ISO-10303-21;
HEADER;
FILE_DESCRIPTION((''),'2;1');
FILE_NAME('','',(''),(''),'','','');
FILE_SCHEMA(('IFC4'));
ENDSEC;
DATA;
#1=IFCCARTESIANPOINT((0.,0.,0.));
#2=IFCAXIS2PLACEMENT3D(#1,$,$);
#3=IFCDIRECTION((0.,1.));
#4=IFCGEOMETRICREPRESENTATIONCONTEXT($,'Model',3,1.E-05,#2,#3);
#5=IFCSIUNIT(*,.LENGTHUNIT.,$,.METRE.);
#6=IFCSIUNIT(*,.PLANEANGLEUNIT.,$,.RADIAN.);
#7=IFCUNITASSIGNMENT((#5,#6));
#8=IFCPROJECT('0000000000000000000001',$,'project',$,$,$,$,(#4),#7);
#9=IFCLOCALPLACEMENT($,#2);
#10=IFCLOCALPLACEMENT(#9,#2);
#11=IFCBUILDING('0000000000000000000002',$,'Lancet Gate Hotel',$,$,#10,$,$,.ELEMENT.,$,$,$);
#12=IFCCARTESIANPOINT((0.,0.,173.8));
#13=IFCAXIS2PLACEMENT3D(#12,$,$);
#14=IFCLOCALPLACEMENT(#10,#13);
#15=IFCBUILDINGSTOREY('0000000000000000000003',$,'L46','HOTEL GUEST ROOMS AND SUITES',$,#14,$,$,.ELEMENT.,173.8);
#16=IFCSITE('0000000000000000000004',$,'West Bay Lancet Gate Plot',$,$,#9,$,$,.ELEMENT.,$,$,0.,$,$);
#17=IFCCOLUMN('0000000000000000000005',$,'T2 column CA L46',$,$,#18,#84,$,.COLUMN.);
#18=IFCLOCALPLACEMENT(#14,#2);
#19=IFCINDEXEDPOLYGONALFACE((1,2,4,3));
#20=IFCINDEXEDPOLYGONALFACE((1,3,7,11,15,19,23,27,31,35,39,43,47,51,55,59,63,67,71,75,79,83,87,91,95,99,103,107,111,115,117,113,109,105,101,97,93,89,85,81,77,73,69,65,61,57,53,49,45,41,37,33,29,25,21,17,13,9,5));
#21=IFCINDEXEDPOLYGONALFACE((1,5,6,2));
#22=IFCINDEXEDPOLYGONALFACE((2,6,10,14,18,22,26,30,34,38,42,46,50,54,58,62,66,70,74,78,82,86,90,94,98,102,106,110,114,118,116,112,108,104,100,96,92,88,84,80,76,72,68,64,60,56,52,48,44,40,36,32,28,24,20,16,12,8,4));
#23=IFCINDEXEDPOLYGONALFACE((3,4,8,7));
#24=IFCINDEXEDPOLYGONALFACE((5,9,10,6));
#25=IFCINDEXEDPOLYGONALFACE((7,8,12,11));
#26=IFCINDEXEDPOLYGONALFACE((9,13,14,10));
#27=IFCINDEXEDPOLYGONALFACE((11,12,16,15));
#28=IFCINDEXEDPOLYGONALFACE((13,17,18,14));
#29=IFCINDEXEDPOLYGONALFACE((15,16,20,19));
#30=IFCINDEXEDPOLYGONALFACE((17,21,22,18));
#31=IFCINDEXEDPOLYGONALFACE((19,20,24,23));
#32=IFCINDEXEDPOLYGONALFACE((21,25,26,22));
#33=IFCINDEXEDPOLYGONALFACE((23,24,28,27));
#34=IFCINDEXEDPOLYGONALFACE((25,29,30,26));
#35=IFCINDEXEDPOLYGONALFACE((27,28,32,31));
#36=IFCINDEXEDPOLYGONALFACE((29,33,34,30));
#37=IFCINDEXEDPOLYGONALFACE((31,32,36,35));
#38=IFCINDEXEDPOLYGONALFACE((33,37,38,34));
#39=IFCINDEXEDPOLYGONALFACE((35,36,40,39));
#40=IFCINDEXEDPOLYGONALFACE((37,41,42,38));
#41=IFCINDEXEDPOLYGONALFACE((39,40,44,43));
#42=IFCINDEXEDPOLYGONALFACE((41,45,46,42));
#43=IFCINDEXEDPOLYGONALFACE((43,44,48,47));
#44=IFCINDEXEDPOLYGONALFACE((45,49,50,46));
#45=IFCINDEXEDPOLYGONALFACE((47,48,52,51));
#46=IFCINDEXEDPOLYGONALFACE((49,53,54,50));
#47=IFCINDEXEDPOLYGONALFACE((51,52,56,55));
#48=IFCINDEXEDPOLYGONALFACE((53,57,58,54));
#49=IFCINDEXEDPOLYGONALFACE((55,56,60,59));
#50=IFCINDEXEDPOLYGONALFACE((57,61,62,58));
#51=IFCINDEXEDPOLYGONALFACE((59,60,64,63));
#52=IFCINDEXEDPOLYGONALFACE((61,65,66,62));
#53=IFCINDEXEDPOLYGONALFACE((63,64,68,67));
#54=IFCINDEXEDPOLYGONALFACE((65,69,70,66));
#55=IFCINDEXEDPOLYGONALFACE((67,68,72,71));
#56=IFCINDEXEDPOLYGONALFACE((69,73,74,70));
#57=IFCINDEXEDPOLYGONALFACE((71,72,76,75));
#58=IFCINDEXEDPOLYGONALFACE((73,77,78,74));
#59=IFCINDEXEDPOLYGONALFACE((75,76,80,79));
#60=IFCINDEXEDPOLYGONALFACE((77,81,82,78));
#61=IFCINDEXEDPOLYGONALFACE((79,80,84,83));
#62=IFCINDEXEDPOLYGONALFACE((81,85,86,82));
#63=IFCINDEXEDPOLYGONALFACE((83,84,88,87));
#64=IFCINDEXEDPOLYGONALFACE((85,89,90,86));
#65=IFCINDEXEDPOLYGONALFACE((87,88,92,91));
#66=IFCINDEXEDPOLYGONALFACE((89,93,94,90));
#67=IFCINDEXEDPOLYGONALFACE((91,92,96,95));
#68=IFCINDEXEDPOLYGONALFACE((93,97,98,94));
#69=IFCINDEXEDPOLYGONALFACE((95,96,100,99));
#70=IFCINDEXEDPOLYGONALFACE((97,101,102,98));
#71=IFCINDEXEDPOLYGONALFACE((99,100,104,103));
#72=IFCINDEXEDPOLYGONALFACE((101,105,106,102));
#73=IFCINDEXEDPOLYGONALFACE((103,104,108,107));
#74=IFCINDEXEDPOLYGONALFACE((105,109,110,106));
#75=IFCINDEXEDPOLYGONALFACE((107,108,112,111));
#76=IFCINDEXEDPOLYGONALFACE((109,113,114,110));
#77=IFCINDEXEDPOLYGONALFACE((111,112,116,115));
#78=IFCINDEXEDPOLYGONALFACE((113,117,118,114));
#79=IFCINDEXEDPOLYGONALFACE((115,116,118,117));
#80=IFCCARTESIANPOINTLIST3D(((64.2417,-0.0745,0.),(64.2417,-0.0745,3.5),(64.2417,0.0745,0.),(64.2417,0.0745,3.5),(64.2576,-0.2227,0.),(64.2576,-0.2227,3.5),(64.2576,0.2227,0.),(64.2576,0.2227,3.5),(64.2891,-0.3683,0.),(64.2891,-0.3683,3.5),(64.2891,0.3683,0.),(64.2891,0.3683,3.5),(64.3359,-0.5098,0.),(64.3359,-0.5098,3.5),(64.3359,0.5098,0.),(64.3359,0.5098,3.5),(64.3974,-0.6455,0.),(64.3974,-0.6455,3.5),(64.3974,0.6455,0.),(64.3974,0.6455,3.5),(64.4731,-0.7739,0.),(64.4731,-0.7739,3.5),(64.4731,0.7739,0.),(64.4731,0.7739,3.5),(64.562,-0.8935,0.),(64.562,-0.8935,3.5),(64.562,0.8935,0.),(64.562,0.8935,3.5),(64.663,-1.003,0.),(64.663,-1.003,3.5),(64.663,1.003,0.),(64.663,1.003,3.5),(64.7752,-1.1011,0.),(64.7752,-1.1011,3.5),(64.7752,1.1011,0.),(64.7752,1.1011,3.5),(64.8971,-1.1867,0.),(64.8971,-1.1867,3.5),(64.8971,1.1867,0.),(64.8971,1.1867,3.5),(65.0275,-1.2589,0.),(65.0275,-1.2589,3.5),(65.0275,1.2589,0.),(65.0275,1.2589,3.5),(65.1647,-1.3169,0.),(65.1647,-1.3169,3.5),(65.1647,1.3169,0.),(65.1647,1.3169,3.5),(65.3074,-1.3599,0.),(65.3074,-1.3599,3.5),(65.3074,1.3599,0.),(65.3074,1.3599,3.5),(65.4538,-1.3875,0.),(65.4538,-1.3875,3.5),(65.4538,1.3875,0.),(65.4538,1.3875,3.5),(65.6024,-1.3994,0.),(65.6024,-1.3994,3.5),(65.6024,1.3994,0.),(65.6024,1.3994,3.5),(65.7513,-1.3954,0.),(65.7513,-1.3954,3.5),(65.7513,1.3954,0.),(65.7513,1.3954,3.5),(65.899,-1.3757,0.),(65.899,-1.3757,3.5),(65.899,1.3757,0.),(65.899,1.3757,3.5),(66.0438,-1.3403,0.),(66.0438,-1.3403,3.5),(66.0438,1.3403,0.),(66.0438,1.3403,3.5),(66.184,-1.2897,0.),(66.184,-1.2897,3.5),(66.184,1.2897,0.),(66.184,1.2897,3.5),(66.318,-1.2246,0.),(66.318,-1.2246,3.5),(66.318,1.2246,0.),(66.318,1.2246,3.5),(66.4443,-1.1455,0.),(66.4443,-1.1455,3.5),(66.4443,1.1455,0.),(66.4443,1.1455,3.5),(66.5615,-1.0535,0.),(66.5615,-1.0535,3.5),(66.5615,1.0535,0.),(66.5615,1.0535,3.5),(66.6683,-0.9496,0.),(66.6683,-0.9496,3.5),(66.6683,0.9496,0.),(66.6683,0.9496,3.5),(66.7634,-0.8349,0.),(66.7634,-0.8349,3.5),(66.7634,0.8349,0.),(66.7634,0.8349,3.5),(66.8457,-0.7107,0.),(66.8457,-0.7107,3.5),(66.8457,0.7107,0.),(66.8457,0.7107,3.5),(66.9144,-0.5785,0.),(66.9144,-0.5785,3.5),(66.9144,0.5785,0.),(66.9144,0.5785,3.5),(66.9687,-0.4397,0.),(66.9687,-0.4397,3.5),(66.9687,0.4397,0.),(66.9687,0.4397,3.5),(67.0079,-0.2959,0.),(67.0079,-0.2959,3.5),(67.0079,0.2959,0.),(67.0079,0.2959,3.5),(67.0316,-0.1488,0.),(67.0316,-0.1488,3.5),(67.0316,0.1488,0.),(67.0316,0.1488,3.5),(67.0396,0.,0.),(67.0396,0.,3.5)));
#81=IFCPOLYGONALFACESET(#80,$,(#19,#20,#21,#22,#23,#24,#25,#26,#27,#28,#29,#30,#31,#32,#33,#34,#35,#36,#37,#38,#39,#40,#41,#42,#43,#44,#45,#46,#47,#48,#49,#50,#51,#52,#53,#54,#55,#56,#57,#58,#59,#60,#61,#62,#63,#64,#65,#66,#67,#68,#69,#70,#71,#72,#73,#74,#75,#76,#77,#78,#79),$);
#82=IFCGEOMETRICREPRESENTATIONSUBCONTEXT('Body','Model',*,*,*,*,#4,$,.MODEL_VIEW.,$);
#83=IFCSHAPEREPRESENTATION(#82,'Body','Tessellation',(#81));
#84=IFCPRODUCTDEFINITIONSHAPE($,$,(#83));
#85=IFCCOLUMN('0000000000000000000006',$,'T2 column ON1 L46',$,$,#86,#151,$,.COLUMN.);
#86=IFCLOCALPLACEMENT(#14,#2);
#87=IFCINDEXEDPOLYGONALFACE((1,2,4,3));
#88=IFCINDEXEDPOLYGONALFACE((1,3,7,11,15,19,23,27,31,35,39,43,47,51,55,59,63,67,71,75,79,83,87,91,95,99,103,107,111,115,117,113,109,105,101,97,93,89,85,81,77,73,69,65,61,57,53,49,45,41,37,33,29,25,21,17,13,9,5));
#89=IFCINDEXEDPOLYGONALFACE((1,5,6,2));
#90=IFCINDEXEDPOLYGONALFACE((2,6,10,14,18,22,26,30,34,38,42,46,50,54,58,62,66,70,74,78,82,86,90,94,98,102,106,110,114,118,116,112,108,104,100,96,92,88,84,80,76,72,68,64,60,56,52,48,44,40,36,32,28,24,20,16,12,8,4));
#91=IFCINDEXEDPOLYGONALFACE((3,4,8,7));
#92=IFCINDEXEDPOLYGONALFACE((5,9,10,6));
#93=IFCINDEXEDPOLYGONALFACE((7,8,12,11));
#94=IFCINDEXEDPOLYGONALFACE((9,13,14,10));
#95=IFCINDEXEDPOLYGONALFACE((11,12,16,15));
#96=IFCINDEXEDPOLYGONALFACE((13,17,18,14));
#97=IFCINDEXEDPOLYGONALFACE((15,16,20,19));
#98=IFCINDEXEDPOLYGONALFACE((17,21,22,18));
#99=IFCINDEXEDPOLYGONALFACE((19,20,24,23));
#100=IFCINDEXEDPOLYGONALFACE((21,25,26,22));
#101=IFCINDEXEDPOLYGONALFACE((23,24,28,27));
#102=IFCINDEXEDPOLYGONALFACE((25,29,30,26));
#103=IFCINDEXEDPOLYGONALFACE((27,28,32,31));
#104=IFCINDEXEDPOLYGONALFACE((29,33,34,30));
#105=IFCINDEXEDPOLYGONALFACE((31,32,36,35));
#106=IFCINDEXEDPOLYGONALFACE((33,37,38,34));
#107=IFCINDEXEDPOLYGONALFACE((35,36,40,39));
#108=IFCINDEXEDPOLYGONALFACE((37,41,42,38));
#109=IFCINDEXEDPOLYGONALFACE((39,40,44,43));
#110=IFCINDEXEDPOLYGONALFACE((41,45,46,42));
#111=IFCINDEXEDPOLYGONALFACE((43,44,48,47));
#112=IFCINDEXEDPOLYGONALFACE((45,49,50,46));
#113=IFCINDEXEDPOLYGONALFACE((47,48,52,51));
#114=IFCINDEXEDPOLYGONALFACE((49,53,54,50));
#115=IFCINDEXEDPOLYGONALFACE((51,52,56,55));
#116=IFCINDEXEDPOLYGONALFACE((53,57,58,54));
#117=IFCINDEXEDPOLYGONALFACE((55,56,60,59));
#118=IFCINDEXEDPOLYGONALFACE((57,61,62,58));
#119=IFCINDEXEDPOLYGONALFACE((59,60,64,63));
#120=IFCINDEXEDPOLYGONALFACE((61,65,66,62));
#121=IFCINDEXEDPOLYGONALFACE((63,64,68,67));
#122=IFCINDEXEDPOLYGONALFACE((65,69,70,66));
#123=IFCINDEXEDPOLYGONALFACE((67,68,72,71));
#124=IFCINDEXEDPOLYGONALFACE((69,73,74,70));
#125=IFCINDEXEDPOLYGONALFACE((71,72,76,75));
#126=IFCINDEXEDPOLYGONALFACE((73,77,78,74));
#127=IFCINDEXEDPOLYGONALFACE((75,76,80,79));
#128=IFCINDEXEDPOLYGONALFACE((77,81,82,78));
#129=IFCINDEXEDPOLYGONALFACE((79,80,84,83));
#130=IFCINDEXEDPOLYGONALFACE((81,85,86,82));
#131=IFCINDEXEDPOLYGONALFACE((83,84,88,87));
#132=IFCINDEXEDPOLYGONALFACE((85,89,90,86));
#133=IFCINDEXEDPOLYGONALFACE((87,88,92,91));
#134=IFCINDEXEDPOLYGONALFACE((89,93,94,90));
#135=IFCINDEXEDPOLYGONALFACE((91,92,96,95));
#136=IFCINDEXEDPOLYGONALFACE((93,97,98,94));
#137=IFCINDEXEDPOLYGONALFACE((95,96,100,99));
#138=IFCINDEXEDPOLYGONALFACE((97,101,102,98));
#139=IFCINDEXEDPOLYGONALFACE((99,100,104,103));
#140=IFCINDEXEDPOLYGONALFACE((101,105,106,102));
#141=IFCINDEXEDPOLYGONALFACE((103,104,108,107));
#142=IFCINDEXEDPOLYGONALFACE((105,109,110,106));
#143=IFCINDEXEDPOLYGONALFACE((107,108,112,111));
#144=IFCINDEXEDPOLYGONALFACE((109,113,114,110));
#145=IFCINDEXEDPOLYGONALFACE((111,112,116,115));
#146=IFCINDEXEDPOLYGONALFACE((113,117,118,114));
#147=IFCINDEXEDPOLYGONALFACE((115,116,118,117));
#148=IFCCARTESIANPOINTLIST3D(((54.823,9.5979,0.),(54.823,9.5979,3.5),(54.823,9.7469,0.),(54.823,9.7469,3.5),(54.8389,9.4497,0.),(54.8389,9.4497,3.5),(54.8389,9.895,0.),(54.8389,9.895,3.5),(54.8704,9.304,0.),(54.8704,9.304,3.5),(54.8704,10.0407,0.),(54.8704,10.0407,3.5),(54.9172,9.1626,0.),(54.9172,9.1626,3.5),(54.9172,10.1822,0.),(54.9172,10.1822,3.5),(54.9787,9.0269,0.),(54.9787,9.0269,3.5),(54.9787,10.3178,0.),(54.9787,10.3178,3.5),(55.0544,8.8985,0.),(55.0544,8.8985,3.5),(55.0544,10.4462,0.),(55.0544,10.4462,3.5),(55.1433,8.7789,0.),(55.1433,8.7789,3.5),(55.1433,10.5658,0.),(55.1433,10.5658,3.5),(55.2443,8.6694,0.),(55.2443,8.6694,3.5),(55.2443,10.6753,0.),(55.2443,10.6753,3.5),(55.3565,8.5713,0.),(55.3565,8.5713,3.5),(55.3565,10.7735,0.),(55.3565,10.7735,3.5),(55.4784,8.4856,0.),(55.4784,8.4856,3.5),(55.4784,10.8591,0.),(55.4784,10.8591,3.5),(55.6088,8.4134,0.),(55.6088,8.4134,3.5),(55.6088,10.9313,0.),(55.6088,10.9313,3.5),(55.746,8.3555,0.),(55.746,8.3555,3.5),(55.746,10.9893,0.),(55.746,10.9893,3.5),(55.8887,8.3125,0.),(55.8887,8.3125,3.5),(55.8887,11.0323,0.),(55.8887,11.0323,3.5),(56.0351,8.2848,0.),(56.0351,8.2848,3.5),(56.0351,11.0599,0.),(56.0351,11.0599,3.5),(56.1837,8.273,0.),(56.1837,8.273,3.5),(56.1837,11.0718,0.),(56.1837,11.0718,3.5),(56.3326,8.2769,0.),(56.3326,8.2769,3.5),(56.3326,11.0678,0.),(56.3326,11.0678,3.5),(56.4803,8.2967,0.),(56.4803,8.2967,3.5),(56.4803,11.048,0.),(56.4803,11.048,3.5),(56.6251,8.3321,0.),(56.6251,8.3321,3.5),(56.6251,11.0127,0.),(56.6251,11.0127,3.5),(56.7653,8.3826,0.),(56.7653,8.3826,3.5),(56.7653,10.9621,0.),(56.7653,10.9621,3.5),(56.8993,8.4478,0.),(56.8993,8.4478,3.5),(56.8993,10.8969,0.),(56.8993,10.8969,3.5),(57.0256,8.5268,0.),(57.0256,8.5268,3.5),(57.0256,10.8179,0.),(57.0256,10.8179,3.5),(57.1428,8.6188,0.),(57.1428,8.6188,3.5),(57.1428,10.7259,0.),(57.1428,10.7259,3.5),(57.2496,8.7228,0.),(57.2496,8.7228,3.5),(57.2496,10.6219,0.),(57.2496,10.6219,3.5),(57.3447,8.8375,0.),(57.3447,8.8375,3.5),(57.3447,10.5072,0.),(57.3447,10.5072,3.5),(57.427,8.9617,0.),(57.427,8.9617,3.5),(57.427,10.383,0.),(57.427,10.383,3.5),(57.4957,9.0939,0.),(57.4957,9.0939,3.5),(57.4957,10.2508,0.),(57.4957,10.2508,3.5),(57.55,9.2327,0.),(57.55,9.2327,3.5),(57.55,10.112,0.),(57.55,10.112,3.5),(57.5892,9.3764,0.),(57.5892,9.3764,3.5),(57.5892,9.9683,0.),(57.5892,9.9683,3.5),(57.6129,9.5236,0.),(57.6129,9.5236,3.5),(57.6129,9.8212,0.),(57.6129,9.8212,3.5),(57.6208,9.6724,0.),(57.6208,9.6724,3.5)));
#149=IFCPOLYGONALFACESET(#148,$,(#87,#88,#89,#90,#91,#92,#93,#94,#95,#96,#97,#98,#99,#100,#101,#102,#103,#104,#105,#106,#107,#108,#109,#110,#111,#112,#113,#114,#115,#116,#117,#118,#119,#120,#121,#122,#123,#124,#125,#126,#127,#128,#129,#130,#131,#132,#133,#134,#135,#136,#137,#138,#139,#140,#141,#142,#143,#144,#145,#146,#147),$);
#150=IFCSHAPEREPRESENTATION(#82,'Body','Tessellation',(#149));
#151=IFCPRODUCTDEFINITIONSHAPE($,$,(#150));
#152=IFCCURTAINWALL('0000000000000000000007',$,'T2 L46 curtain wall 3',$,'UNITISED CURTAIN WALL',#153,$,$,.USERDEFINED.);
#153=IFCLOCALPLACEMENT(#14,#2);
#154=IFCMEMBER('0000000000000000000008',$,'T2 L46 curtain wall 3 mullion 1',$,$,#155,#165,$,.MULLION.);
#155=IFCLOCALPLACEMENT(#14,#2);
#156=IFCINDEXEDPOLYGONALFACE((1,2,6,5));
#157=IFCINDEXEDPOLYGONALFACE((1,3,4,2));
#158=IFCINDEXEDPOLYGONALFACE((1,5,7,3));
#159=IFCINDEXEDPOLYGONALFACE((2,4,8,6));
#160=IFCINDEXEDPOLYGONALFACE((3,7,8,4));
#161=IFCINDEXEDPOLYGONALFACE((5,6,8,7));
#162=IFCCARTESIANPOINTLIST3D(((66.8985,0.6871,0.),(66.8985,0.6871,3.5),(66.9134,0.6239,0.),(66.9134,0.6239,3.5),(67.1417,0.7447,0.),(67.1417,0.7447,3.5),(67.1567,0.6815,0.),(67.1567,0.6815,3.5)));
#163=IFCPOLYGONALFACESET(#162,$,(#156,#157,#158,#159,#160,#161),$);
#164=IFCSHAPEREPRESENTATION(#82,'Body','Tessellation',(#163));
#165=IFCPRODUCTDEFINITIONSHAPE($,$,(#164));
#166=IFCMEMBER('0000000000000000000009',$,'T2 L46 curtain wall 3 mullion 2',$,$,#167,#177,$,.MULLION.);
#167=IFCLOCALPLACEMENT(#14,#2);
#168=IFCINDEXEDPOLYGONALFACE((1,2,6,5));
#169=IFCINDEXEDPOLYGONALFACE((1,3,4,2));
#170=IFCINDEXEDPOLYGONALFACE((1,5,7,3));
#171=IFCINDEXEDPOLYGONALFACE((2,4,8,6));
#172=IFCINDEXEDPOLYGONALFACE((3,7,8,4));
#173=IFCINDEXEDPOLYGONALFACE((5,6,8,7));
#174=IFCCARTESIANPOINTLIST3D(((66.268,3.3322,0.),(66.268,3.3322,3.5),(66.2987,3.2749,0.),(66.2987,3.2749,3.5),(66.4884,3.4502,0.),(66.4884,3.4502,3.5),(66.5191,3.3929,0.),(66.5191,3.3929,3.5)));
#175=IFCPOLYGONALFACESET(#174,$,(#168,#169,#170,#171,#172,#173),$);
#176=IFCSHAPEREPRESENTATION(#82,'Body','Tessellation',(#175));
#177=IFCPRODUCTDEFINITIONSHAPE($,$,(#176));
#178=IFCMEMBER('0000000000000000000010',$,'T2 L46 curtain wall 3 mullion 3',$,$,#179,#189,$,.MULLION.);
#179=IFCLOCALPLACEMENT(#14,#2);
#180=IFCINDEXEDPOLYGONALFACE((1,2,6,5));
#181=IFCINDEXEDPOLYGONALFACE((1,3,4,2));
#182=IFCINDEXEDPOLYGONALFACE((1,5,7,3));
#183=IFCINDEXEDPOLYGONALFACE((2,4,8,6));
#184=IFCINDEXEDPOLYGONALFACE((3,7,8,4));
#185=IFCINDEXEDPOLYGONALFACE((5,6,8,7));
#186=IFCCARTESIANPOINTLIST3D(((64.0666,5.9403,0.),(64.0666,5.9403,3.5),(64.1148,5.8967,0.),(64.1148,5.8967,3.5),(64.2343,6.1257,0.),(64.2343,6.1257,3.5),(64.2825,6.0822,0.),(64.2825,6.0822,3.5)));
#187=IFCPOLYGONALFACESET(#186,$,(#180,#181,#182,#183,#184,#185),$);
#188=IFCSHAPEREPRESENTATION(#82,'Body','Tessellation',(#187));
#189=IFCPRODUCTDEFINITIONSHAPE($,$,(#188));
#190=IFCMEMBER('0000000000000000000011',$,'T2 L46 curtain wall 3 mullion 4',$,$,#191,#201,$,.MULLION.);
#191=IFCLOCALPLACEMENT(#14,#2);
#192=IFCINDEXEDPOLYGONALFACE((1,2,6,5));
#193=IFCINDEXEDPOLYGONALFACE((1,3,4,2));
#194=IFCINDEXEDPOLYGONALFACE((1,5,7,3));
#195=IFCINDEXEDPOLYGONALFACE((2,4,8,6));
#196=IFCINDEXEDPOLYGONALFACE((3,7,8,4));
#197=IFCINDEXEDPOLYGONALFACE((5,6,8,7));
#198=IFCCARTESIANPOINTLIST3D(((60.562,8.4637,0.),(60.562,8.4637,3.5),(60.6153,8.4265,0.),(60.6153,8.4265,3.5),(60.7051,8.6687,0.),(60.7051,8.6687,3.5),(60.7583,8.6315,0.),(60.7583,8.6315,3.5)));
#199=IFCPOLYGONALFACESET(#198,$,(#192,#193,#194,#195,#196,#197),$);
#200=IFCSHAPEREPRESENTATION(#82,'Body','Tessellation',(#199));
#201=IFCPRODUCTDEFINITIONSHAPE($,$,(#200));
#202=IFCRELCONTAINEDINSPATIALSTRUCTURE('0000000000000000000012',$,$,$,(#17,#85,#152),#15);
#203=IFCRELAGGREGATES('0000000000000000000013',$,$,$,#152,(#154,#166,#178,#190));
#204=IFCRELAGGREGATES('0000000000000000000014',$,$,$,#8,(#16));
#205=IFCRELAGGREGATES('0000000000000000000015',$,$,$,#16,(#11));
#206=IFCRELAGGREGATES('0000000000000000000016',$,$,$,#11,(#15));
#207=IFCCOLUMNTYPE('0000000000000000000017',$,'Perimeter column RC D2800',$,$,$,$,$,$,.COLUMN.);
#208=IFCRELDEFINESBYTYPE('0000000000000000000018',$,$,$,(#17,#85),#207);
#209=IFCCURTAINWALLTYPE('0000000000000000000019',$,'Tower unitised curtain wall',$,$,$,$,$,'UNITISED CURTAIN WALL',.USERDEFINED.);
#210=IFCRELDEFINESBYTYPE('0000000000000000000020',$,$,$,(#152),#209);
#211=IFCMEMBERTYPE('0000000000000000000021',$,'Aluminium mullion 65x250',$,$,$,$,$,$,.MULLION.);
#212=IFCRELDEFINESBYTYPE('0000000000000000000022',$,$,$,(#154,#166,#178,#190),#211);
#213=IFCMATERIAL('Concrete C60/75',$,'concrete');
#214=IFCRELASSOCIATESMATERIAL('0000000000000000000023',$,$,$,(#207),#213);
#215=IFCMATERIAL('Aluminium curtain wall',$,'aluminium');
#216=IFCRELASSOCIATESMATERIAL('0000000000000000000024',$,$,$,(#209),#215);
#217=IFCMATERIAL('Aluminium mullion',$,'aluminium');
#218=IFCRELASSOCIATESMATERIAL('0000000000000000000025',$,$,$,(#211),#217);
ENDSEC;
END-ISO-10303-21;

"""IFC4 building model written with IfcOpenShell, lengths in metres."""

from ifc_helpers import new_model, si_unit, direction, frame, origin, origin_2d, place, context, subcontext, project, spatial, rectangle, circle, extrude, material, material_profile, profile_set, type_object, element, aggregate, save


model = new_model("IFC4")

# Units and contexts
model_context = context("Model", 3, precision=1e-05, world=origin(), true_north=direction((0.0, 1.0)))
body_context = subcontext(model_context, "Body", "Model", "MODEL_VIEW")
ifc_project = project(units=[si_unit("LENGTHUNIT", "METRE"), si_unit("PLANEANGLEUNIT", "RADIAN")], contexts=[model_context])

# Site, building, storey
site_placement = place(None, origin())
site = spatial("IfcSite", under=ifc_project, at=site_placement, Name="West Bay Lancet Gate Plot", CompositionType="ELEMENT", RefElevation=0.0)
building_placement = place(site_placement, origin())
building = spatial("IfcBuilding", under=site, at=building_placement, Name="Lancet Gate Hotel", CompositionType="ELEMENT")
storey_placement = place(building_placement, frame((0.0, 0.0, 173.8)))
storey = spatial("IfcBuildingStorey", under=building, at=storey_placement, Name="L46", Description="HOTEL GUEST ROOMS AND SUITES", CompositionType="ELEMENT", Elevation=173.8)

# Columns
ifc_material_1 = material(Name="Concrete C60/75", Category="concrete")
ifc_material_profile_1 = material_profile(ifc_material_1, circle(Radius=1.3999, at=origin_2d()), Name="RC D2800")
ifc_profile_set_1 = profile_set([ifc_material_profile_1], Name="Concrete C60/75")
column_type = type_object("IfcColumnType", Name="Perimeter column RC D2800", PredefinedType="COLUMN", material=ifc_profile_set_1)
for number, where, z_axis, x_axis, name in (
    (1, (65.6396, 0.0, 0.0), (0.0, 0.0, 1.0), (1.0, 0.0, 0.0), "T2 column CA L46"),
    (2, (56.2209, 9.6724, 0.0), (0.0, 0.0, 1.0), (1.0, 0.0, 0.0), "T2 column ON1 L46"),
):
    element("IfcColumn", number, at=place(storey_placement, frame(where, z_axis=z_axis, x_axis=x_axis)), inside=storey, type_object=column_type, Name=name, PredefinedType="COLUMN", context=body_context, shape_type="SweptSolid", body=[
        extrude(circle(Radius=1.3999, at=origin_2d()), origin(), (0.0, 0.0, 1.0), 3.5),
    ])

# Curtain wall, members
ifc_material_2 = material(Name="Aluminium curtain wall", Category="aluminium")
curtain_wall_type = type_object("IfcCurtainWallType", Name="Tower unitised curtain wall", ElementType="UNITISED CURTAIN WALL", PredefinedType="USERDEFINED", material=ifc_material_2)
curtain_wall_placement = place(storey_placement, origin())
curtain_wall = element("IfcCurtainWall", 3, at=curtain_wall_placement, inside=storey, type_object=curtain_wall_type, Name="T2 L46 curtain wall 3", ObjectType="UNITISED CURTAIN WALL", PredefinedType="USERDEFINED")
ifc_material_3 = material(Name="Aluminium mullion", Category="aluminium")
ifc_material_profile_2 = material_profile(ifc_material_3, rectangle(XDim=0.0649, YDim=0.25, at=origin_2d()), Name="MULLION 65x250")
ifc_profile_set_2 = profile_set([ifc_material_profile_2], Name="Aluminium mullion")
member_type_1 = type_object("IfcMemberType", Name="Aluminium mullion 65x250", PredefinedType="MULLION", material=ifc_profile_set_2)
member_1_placement = place(storey_placement, frame((67.0276, 0.6843, 0.0), z_axis=(0.0, 0.0, 1.0), x_axis=(-0.230367, 0.973104, 0.0)))
member_1 = element("IfcMember", 4, at=member_1_placement, type_object=member_type_1, Name="T2 L46 curtain wall 3 mullion 1", PredefinedType="MULLION", context=body_context, shape_type="SweptSolid", body=[
    extrude(rectangle(XDim=0.0649, YDim=0.25, at=origin_2d()), origin(), (0.0, 0.0, 1.0), 3.5),
])
member_2_placement = place(storey_placement, frame((66.3936, 3.3625, 0.0), z_axis=(0.0, 0.0, 1.0), x_axis=(-0.472146, 0.88152, 0.0)))
member_2 = element("IfcMember", 5, at=member_2_placement, type_object=member_type_1, Name="T2 L46 curtain wall 3 mullion 2", PredefinedType="MULLION", context=body_context, shape_type="SweptSolid", body=[
    extrude(rectangle(XDim=0.0649, YDim=0.25, at=origin_2d()), origin(), (0.0, 0.0, 1.0), 3.5),
])
member_3_placement = place(storey_placement, frame((64.1746, 6.0112, 0.0), z_axis=(0.0, 0.0, 1.0), x_axis=(-0.741693, 0.670739, 0.0)))
member_3 = element("IfcMember", 6, at=member_3_placement, type_object=member_type_1, Name="T2 L46 curtain wall 3 mullion 3", PredefinedType="MULLION", context=body_context, shape_type="SweptSolid", body=[
    extrude(rectangle(XDim=0.0649, YDim=0.25, at=origin_2d()), origin(), (0.0, 0.0, 1.0), 3.5),
])
member_4_placement = place(storey_placement, frame((60.6602, 8.5476, 0.0), z_axis=(0.0, 0.0, 1.0), x_axis=(-0.820068, 0.572266, 0.0)))
member_4 = element("IfcMember", 7, at=member_4_placement, type_object=member_type_1, Name="T2 L46 curtain wall 3 mullion 4", PredefinedType="MULLION", context=body_context, shape_type="SweptSolid", body=[
    extrude(rectangle(XDim=0.0649, YDim=0.25, at=origin_2d()), origin(), (0.0, 0.0, 1.0), 3.5),
])

aggregate(curtain_wall, [member_1, member_2, member_3, member_4])

save(model, "model.ifc")
